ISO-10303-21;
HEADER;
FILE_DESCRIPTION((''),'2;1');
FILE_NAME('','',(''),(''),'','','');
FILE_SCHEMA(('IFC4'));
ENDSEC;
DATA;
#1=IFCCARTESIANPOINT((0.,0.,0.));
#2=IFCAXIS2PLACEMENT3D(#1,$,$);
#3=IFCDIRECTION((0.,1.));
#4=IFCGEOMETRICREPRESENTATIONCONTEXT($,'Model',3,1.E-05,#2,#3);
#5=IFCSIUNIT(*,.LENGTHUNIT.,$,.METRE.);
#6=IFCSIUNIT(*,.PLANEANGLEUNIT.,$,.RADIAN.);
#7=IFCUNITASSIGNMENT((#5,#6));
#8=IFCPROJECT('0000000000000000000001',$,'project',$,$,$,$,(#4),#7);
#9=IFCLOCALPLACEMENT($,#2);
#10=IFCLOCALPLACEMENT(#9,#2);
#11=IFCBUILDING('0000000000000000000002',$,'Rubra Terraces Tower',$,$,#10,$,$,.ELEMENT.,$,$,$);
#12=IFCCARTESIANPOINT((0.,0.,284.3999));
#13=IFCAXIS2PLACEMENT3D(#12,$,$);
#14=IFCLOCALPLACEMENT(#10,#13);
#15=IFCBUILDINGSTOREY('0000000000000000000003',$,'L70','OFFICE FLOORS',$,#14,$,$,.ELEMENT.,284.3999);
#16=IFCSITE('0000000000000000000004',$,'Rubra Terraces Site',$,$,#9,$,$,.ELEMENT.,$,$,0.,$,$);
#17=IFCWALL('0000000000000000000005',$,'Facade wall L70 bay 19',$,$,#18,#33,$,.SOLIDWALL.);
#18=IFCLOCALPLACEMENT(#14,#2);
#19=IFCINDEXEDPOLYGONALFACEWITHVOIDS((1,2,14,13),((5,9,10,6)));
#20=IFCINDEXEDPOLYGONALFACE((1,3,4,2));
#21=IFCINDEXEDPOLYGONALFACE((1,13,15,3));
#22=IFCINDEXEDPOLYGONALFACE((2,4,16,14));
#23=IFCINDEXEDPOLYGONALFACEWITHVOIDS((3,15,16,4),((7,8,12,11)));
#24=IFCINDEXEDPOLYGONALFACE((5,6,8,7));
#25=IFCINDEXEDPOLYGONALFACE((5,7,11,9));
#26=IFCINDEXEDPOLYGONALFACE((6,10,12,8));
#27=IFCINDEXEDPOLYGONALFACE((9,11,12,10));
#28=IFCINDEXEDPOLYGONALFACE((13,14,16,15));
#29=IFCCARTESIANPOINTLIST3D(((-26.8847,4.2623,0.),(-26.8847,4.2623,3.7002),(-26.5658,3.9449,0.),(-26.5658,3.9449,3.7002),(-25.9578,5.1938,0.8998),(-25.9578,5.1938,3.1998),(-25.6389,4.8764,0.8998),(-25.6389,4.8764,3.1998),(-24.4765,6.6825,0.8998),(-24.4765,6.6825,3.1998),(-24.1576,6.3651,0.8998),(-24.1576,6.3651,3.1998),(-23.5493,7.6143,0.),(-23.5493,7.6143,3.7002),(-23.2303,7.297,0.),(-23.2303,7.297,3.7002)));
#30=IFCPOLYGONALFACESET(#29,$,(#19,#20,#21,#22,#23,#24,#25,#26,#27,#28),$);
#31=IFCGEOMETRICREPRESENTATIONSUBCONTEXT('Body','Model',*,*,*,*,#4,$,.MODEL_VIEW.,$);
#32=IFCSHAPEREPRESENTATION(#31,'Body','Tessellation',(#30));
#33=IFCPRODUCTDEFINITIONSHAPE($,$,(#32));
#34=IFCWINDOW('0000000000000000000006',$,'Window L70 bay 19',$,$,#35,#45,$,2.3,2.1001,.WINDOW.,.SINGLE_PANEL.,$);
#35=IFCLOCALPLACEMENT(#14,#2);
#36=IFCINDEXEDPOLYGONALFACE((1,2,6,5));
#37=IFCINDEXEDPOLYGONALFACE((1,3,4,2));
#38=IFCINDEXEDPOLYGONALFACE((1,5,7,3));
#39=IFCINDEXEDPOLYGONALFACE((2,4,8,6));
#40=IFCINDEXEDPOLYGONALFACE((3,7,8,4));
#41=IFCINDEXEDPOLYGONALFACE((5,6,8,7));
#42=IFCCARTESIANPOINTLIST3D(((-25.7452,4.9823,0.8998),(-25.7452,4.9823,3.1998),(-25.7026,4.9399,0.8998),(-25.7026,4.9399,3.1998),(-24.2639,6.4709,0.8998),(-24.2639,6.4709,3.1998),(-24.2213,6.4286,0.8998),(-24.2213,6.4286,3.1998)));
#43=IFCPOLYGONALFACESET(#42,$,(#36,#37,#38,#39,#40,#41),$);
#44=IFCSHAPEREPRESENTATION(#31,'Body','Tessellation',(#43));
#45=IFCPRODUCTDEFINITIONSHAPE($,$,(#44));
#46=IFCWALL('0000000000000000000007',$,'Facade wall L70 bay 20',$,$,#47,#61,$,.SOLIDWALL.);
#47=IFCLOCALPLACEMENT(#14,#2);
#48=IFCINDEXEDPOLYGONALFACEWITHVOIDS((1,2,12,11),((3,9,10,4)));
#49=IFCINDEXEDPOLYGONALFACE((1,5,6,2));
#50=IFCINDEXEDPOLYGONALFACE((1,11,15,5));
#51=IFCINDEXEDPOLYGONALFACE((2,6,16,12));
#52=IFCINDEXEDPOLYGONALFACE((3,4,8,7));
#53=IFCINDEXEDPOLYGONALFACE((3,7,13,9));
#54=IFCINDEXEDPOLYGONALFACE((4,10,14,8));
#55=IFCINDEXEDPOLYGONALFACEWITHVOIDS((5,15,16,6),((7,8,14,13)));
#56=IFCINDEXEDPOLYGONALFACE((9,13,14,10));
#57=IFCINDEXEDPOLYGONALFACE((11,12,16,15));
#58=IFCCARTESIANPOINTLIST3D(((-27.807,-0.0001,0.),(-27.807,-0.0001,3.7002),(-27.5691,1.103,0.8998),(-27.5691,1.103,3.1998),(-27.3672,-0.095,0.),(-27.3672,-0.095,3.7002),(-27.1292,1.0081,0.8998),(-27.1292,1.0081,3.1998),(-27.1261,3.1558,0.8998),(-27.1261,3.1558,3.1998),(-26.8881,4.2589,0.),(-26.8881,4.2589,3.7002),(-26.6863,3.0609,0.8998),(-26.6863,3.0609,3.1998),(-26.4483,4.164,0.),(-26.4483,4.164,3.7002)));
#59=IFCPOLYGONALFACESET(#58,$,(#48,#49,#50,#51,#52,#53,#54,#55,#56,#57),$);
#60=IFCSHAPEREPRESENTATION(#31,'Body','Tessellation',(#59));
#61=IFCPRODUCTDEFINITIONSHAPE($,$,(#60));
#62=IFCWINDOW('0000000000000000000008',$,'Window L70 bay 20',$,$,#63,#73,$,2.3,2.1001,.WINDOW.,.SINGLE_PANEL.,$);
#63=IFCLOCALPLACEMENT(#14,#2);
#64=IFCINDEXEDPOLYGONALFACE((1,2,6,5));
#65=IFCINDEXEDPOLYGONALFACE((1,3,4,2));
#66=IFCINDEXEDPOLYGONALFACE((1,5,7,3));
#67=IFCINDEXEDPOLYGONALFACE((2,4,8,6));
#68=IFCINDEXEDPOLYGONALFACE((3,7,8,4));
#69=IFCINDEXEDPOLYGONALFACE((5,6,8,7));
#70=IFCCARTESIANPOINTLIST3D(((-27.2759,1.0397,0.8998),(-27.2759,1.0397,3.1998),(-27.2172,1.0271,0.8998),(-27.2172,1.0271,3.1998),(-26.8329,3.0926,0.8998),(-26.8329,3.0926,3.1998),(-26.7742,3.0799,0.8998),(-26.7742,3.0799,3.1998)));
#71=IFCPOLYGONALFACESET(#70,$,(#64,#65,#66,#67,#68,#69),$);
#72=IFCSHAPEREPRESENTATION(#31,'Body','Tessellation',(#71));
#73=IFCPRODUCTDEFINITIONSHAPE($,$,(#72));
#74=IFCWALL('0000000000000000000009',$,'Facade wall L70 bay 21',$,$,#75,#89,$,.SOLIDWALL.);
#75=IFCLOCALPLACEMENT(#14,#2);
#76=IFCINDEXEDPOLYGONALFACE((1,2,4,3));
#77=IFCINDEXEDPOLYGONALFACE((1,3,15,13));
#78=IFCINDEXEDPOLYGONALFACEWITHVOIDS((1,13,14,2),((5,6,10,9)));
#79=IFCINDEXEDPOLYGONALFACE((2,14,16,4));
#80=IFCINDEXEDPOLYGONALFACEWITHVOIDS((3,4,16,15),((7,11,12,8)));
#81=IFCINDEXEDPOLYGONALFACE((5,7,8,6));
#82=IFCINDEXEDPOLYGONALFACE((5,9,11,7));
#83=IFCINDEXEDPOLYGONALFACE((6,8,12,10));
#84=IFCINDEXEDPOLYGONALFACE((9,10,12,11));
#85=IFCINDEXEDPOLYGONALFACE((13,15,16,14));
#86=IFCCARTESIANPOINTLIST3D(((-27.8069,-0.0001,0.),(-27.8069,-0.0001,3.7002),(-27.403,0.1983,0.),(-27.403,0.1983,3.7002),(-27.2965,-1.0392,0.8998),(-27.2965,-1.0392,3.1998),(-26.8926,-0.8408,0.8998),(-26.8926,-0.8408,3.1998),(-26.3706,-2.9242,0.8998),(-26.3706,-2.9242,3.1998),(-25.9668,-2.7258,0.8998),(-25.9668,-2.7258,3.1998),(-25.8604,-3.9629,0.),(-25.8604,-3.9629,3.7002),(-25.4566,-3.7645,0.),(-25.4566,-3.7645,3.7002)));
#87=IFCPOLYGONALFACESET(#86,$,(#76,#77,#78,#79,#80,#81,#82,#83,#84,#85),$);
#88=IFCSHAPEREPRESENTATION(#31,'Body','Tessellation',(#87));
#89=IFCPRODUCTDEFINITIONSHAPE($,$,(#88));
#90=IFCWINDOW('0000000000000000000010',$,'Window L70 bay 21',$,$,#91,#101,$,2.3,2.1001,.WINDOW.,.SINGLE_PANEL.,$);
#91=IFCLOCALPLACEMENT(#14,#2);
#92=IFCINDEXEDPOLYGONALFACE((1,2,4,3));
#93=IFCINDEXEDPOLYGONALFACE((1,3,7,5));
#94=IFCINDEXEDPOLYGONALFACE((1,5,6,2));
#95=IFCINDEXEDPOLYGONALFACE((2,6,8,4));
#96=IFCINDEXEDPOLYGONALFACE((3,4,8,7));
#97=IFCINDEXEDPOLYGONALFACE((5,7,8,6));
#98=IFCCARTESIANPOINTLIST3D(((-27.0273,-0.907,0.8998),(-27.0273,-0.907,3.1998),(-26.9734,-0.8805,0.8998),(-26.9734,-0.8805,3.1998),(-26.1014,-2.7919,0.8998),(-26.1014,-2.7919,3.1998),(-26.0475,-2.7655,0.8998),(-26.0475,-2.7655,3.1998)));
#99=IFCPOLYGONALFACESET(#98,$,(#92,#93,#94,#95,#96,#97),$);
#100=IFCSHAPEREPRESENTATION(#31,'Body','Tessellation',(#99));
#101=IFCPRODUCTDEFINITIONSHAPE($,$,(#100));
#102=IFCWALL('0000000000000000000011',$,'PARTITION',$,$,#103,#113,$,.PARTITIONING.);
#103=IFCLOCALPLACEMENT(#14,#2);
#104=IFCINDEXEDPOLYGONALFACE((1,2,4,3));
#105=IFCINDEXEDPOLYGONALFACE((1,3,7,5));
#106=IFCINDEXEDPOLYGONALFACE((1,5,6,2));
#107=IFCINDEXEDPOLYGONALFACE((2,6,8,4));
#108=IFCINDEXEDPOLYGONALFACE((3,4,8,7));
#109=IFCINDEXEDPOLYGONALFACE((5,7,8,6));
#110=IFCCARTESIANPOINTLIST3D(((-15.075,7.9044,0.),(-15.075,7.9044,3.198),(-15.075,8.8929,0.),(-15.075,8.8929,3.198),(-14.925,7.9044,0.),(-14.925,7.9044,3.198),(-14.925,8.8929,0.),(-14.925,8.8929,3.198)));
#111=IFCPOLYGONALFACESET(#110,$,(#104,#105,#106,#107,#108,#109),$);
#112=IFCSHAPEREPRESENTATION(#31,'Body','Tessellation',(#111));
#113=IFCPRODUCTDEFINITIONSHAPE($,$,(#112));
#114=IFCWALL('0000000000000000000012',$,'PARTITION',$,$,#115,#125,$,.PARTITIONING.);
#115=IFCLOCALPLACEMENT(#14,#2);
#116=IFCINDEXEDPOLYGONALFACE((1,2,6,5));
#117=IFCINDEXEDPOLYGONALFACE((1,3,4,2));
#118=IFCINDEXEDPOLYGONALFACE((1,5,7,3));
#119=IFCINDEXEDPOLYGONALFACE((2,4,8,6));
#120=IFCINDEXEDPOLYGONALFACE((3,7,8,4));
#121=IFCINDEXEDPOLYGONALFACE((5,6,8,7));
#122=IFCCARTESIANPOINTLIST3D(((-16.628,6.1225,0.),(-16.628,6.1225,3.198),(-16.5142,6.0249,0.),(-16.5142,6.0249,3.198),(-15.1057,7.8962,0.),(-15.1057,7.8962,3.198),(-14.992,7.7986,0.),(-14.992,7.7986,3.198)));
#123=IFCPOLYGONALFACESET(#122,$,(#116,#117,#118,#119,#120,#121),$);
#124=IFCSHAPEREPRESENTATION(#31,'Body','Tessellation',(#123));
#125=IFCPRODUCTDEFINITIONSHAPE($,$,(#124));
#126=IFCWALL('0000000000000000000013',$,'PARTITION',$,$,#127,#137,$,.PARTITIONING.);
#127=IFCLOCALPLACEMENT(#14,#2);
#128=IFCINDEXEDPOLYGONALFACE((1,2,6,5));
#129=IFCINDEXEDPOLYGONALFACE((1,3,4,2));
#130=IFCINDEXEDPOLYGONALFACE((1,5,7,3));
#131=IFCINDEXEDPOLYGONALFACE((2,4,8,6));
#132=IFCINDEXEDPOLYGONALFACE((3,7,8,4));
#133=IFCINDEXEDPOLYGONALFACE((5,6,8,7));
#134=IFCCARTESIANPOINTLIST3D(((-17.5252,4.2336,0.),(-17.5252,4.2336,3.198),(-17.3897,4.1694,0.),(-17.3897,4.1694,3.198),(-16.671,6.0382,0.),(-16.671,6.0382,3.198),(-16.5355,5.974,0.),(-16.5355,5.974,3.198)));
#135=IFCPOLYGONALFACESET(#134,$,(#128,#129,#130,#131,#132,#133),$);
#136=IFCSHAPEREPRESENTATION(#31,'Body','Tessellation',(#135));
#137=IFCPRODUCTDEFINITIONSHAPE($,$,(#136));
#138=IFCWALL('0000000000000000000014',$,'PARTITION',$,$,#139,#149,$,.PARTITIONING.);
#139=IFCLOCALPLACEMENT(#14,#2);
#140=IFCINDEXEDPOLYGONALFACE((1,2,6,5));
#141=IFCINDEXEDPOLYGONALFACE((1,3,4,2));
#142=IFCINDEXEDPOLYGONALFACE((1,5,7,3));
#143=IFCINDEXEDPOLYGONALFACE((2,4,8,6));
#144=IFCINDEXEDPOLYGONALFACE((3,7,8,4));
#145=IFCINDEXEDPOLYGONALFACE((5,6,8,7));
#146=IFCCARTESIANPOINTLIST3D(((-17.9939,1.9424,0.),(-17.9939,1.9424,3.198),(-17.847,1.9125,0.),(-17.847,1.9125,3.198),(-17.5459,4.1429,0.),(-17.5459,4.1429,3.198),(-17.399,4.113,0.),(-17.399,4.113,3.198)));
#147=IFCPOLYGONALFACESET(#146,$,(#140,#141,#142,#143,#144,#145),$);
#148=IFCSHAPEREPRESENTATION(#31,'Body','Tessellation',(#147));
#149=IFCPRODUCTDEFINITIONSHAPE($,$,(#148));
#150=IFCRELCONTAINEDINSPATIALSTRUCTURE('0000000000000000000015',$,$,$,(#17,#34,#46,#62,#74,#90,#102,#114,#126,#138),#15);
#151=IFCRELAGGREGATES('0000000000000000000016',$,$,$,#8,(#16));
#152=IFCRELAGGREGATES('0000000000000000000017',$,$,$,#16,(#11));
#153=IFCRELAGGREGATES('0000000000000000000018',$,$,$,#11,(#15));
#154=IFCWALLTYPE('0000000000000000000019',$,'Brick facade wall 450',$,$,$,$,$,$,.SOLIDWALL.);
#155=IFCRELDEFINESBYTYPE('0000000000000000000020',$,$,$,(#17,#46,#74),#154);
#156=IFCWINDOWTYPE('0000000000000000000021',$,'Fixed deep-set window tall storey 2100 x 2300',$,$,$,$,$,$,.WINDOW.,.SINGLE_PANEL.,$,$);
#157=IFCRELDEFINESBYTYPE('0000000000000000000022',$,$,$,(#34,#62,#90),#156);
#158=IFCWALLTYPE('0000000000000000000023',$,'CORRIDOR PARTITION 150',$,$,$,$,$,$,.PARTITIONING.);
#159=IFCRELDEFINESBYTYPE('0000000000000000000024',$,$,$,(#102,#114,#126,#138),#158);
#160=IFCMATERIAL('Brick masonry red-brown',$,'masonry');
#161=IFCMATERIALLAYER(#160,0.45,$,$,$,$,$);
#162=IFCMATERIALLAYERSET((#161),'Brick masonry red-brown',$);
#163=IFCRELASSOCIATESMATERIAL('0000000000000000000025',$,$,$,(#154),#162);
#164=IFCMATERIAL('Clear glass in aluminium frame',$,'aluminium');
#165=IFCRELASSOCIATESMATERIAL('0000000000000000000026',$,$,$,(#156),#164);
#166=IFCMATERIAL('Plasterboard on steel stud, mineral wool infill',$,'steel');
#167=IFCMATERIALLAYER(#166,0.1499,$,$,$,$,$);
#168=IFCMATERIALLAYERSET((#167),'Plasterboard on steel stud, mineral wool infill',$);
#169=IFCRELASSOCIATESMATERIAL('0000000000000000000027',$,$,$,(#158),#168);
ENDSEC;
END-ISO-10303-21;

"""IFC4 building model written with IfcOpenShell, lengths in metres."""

from ifc_helpers import new_model, si_unit, direction, frame, frame_2d, origin, place, context, subcontext, project, spatial, rectangle, extrude, material, layer, layer_set, type_object, element, fill, save


model = new_model("IFC4")

# Units and contexts
model_context = context("Model", 3, precision=1e-05, world=origin(), true_north=direction((0.0, 1.0)))
body_context = subcontext(model_context, "Body", "Model", "MODEL_VIEW")
ifc_project = project(units=[si_unit("LENGTHUNIT", "METRE"), si_unit("PLANEANGLEUNIT", "RADIAN")], contexts=[model_context])

# Site, building, storey
site_placement = place(None, origin())
site = spatial("IfcSite", under=ifc_project, at=site_placement, Name="Rubra Terraces Site", CompositionType="ELEMENT", RefElevation=0.0)
building_placement = place(site_placement, origin())
building = spatial("IfcBuilding", under=site, at=building_placement, Name="Rubra Terraces Tower", CompositionType="ELEMENT")
storey_placement = place(building_placement, frame((0.0, 0.0, 284.3999)))
storey = spatial("IfcBuildingStorey", under=building, at=storey_placement, Name="L70", Description="OFFICE FLOORS", CompositionType="ELEMENT", Elevation=284.3999)

# Walls, openings, windows
ifc_material_1 = material(Name="Brick masonry red-brown", Category="masonry")
ifc_layer_1 = layer(ifc_material_1, 0.45)
ifc_layer_set_1 = layer_set([ifc_layer_1], Name="Brick masonry red-brown")
wall_type_1 = type_object("IfcWallType", Name="Brick facade wall 450", PredefinedType="SOLIDWALL", material=ifc_layer_set_1)
wall_1_placement = place(storey_placement, frame((-23.3899, 7.4556, 0.0), z_axis=(0.0, 0.0, 1.0), x_axis=(-0.705349, -0.70886, 0.0)))
wall_1 = element("IfcWall", 1, at=wall_1_placement, inside=storey, type_object=wall_type_1, Name="Facade wall L70 bay 19", PredefinedType="SOLIDWALL", context=body_context, shape_type="SweptSolid", body=[
    extrude(rectangle(XDim=4.7288, YDim=0.45, at=frame_2d((2.3643, 0.0))), origin(), (0.0, 0.0, 1.0), 3.7002),
])
opening_1_placement = place(wall_1_placement, frame((1.3145, 0.0, 0.8999)))
opening_1 = element("IfcOpeningElement", 2, at=opening_1_placement, cuts=wall_1, PredefinedType="OPENING", context=body_context, shape_type="SweptSolid", body=[
    extrude(rectangle(XDim=2.1001, YDim=2.3, at=frame_2d((1.05, 1.1499))), frame((0.0, 0.2349, 0.0), z_axis=(0.0, -1.0, 0.0), x_axis=(1.0, 0.0, 0.0)), (0.0, 0.0, 1.0), 0.47),
])
ifc_material_2 = material(Name="Clear glass in aluminium frame", Category="aluminium")
window_type = type_object("IfcWindowType", Name="Fixed deep-set window tall storey 2100 x 2300", PartitioningType="SINGLE_PANEL", PredefinedType="WINDOW", material=ifc_material_2)
window_1_placement = place(opening_1_placement, origin())
window_1 = element("IfcWindow", 3, at=window_1_placement, inside=storey, type_object=window_type, Name="Window L70 bay 19", OverallHeight=2.3, OverallWidth=2.1001, PartitioningType="SINGLE_PANEL", PredefinedType="WINDOW", context=body_context, shape_type="SweptSolid", body=[
    extrude(rectangle(XDim=2.1001, YDim=2.3, at=frame_2d((1.05, 1.1499))), frame((0.0, 0.135, 0.0), z_axis=(0.0, -1.0, 0.0), x_axis=(1.0, 0.0, 0.0)), (0.0, 0.0, 1.0), 0.0601),
])
fill(opening_1, window_1)
wall_2_placement = place(storey_placement, frame((-26.6682, 4.2114, 0.0), z_axis=(0.0, 0.0, 1.0), x_axis=(-0.21091, -0.977505, 0.0)))
wall_2 = element("IfcWall", 4, at=wall_2_placement, inside=storey, type_object=wall_type_1, Name="Facade wall L70 bay 20", PredefinedType="SOLIDWALL", context=body_context, shape_type="SweptSolid", body=[
    extrude(rectangle(XDim=4.3569, YDim=0.45, at=frame_2d((2.1785, 0.0))), origin(), (0.0, 0.0, 1.0), 3.7002),
])
opening_2_placement = place(wall_2_placement, frame((1.1284, 0.0, 0.8999)))
opening_2 = element("IfcOpeningElement", 5, at=opening_2_placement, cuts=wall_2, PredefinedType="OPENING", context=body_context, shape_type="SweptSolid", body=[
    extrude(rectangle(XDim=2.1001, YDim=2.3, at=frame_2d((1.05, 1.1499))), frame((0.0, 0.2349, 0.0), z_axis=(0.0, -1.0, 0.0), x_axis=(1.0, 0.0, 0.0)), (0.0, 0.0, 1.0), 0.47),
])
window_2_placement = place(opening_2_placement, origin())
window_2 = element("IfcWindow", 6, at=window_2_placement, inside=storey, type_object=window_type, Name="Window L70 bay 20", OverallHeight=2.3, OverallWidth=2.1001, PartitioningType="SINGLE_PANEL", PredefinedType="WINDOW", context=body_context, shape_type="SweptSolid", body=[
    extrude(rectangle(XDim=2.1001, YDim=2.3, at=frame_2d((1.05, 1.1499))), frame((0.0, 0.135, 0.0), z_axis=(0.0, -1.0, 0.0), x_axis=(1.0, 0.0, 0.0)), (0.0, 0.0, 1.0), 0.0601),
])
fill(opening_2, window_2)
wall_3_placement = place(storey_placement, frame((-27.605, 0.0991, 0.0), z_axis=(0.0, 0.0, 1.0), x_axis=(0.440877, -0.897568, 0.0)))
wall_3 = element("IfcWall", 7, at=wall_3_placement, inside=storey, type_object=wall_type_1, Name="Facade wall L70 bay 21", PredefinedType="SOLIDWALL", context=body_context, shape_type="SweptSolid", body=[
    extrude(rectangle(XDim=4.415, YDim=0.45, at=frame_2d((2.2075, 0.0))), origin(), (0.0, 0.0, 1.0), 3.7002),
])
opening_3_placement = place(wall_3_placement, frame((1.1577, 0.0, 0.8999)))
opening_3 = element("IfcOpeningElement", 8, at=opening_3_placement, cuts=wall_3, PredefinedType="OPENING", context=body_context, shape_type="SweptSolid", body=[
    extrude(rectangle(XDim=2.1001, YDim=2.3, at=frame_2d((1.05, 1.1499))), frame((0.0, 0.2349, 0.0), z_axis=(0.0, -1.0, 0.0), x_axis=(1.0, 0.0, 0.0)), (0.0, 0.0, 1.0), 0.47),
])
window_3_placement = place(opening_3_placement, origin())
window_3 = element("IfcWindow", 9, at=window_3_placement, inside=storey, type_object=window_type, Name="Window L70 bay 21", OverallHeight=2.3, OverallWidth=2.1001, PartitioningType="SINGLE_PANEL", PredefinedType="WINDOW", context=body_context, shape_type="SweptSolid", body=[
    extrude(rectangle(XDim=2.1001, YDim=2.3, at=frame_2d((1.05, 1.1499))), frame((0.0, 0.135, 0.0), z_axis=(0.0, -1.0, 0.0), x_axis=(1.0, 0.0, 0.0)), (0.0, 0.0, 1.0), 0.0601),
])
fill(opening_3, window_3)

# Walls
ifc_material_3 = material(Name="Plasterboard on steel stud, mineral wool infill", Category="steel")
ifc_layer_2 = layer(ifc_material_3, 0.1499)
ifc_layer_set_2 = layer_set([ifc_layer_2], Name="Plasterboard on steel stud, mineral wool infill")
wall_type_2 = type_object("IfcWallType", Name="CORRIDOR PARTITION 150", PredefinedType="PARTITIONING", material=ifc_layer_set_2)
wall_4_placement = place(storey_placement, frame((-15.0, 8.8928, 0.0), z_axis=(0.0, 0.0, 1.0), x_axis=(0.0, -1.0, 0.0)))
element("IfcWall", 10, at=wall_4_placement, inside=storey, type_object=wall_type_2, Name="PARTITION", PredefinedType="PARTITIONING", context=body_context, shape_type="SweptSolid", body=[
    extrude(rectangle(XDim=0.9885, YDim=0.1499, at=frame_2d((0.4941, 0.0))), origin(), (0.0, 0.0, 1.0), 3.198),
])
wall_5_placement = place(storey_placement, frame((-15.0488, 7.8474, 0.0), z_axis=(0.0, 0.0, 1.0), x_axis=(-0.651264, -0.758851, 0.0)))
element("IfcWall", 11, at=wall_5_placement, inside=storey, type_object=wall_type_2, Name="PARTITION", PredefinedType="PARTITIONING", context=body_context, shape_type="SweptSolid", body=[
    extrude(rectangle(XDim=2.3374, YDim=0.1499, at=frame_2d((1.1687, 0.0))), origin(), (0.0, 0.0, 1.0), 3.198),
])
wall_6_placement = place(storey_placement, frame((-16.6033, 6.0061, 0.0), z_axis=(0.0, 0.0, 1.0), x_axis=(-0.427839, -0.903855, 0.0)))
element("IfcWall", 12, at=wall_6_placement, inside=storey, type_object=wall_type_2, Name="PARTITION", PredefinedType="PARTITIONING", context=body_context, shape_type="SweptSolid", body=[
    extrude(rectangle(XDim=1.9966, YDim=0.1499, at=frame_2d((0.9983, 0.0))), origin(), (0.0, 0.0, 1.0), 3.198),
])
wall_7_placement = place(storey_placement, frame((-17.4724, 4.1279, 0.0), z_axis=(0.0, 0.0, 1.0), x_axis=(-0.199502, -0.979897, 0.0)))
element("IfcWall", 13, at=wall_7_placement, inside=storey, type_object=wall_type_2, Name="PARTITION", PredefinedType="PARTITIONING", context=body_context, shape_type="SweptSolid", body=[
    extrude(rectangle(XDim=2.2456, YDim=0.1499, at=frame_2d((1.1228, 0.0))), origin(), (0.0, 0.0, 1.0), 3.198),
])

save(model, "model.ifc")
